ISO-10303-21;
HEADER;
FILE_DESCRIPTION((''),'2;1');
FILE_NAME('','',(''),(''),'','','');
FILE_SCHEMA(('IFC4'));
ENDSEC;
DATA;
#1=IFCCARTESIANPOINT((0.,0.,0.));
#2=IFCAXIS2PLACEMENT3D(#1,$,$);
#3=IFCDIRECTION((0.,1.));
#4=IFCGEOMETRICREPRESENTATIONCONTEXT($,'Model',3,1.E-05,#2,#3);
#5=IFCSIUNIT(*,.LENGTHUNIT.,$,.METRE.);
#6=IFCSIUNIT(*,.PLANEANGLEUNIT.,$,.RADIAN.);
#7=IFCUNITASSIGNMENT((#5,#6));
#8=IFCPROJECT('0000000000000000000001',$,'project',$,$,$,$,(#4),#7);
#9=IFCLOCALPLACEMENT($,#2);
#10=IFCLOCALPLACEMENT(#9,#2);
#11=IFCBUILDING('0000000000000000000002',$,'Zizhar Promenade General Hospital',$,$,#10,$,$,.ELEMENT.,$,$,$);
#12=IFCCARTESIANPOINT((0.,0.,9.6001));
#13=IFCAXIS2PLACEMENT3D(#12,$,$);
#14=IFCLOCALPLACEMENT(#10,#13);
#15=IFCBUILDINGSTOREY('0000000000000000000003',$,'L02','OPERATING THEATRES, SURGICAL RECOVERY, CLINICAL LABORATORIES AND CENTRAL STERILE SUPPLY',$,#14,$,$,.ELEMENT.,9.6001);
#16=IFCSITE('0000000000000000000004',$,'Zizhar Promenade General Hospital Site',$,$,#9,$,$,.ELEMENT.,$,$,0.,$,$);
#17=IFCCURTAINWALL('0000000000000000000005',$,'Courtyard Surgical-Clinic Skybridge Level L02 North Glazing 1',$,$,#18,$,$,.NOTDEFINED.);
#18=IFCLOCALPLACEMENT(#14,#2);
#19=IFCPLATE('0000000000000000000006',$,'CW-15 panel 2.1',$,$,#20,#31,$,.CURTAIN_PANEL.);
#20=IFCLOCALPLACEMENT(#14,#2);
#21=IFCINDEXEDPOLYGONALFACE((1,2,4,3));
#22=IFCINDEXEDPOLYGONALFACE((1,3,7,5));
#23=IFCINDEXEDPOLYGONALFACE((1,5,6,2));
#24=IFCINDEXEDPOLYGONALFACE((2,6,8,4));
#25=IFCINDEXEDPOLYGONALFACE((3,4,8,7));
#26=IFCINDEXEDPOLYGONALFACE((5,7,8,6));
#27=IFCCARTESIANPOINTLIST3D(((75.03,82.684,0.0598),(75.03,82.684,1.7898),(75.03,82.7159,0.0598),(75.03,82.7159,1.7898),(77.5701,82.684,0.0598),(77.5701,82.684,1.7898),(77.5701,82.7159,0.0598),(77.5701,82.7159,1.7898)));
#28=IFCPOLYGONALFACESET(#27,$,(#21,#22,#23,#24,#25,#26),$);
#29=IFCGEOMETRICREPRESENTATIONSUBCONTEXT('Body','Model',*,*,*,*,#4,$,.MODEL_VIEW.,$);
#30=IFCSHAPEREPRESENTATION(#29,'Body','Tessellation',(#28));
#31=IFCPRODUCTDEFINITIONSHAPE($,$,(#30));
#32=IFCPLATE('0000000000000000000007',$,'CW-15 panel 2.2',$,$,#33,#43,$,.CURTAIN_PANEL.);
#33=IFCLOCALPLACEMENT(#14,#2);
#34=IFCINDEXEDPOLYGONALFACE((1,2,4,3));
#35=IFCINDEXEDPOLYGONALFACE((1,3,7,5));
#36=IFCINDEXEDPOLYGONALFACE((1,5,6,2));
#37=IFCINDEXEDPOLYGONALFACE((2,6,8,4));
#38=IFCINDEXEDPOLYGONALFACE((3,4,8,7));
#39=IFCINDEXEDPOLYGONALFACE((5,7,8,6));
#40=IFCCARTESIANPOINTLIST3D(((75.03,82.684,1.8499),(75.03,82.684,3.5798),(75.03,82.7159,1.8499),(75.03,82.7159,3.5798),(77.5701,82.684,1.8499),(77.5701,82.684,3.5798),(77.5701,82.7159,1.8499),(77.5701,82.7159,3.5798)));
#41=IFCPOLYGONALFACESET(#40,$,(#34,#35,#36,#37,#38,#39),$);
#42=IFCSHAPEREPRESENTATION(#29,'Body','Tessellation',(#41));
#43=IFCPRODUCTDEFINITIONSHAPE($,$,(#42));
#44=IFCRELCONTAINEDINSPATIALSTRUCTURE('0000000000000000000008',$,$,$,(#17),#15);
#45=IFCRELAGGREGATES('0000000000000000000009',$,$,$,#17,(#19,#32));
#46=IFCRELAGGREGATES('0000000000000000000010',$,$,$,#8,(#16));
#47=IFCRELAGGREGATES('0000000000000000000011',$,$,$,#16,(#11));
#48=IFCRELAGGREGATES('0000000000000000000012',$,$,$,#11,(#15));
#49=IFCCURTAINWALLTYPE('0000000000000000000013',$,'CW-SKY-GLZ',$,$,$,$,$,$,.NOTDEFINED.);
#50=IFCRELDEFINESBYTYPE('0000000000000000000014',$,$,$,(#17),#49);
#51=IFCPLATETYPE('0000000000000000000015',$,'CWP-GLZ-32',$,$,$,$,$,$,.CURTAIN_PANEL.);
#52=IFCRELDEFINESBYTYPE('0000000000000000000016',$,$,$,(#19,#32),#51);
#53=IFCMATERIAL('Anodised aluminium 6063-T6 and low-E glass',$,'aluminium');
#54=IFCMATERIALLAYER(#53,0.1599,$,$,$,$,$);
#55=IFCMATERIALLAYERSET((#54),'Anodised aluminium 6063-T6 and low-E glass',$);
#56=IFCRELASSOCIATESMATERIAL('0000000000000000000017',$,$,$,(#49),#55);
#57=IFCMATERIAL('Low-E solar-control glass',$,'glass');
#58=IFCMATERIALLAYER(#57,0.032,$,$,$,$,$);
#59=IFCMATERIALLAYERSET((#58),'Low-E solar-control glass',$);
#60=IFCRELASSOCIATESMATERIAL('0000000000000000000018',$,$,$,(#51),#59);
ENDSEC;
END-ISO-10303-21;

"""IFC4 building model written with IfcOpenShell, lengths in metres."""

from ifc_helpers import new_model, si_unit, direction, frame, origin, origin_2d, place, context, subcontext, project, spatial, rectangle, extrude, material, layer, layer_set, type_object, element, aggregate, save


model = new_model("IFC4")

# Units and contexts
model_context = context("Model", 3, precision=1e-05, world=origin(), true_north=direction((0.0, 1.0)))
body_context = subcontext(model_context, "Body", "Model", "MODEL_VIEW")
ifc_project = project(units=[si_unit("LENGTHUNIT", "METRE"), si_unit("PLANEANGLEUNIT", "RADIAN")], contexts=[model_context])

# Site, building, storey
site_placement = place(None, origin())
site = spatial("IfcSite", under=ifc_project, at=site_placement, Name="Zizhar Promenade General Hospital Site", CompositionType="ELEMENT", RefElevation=0.0)
building_placement = place(site_placement, origin())
building = spatial("IfcBuilding", under=site, at=building_placement, Name="Zizhar Promenade General Hospital", CompositionType="ELEMENT")
storey_placement = place(building_placement, frame((0.0, 0.0, 9.6001)))
storey = spatial("IfcBuildingStorey", under=building, at=storey_placement, Name="L02", Description="OPERATING THEATRES, SURGICAL RECOVERY, CLINICAL LABORATORIES AND CENTRAL STERILE SUPPLY", CompositionType="ELEMENT", Elevation=9.6001)

# Curtain wall
ifc_material_1 = material(Name="Anodised aluminium 6063-T6 and low-E glass", Category="aluminium")
ifc_layer_1 = layer(ifc_material_1, 0.1599)
ifc_layer_set_1 = layer_set([ifc_layer_1], Name="Anodised aluminium 6063-T6 and low-E glass")
curtain_wall_type_1 = type_object("IfcCurtainWallType", Name="CW-SKY-GLZ", PredefinedType="NOTDEFINED", material=ifc_layer_set_1)
curtain_wall_1_placement = place(storey_placement, origin())
curtain_wall_1 = element("IfcCurtainWall", 1, at=curtain_wall_1_placement, inside=storey, type_object=curtain_wall_type_1, Name="Courtyard Surgical-Clinic Skybridge Level L02 North Glazing 1", PredefinedType="NOTDEFINED")

# Plates
ifc_material_2 = material(Name="Low-E solar-control glass", Category="glass")
ifc_layer_2 = layer(ifc_material_2, 0.032)
ifc_layer_set_2 = layer_set([ifc_layer_2], Name="Low-E solar-control glass")
plate_type = type_object("IfcPlateType", Name="CWP-GLZ-32", PredefinedType="CURTAIN_PANEL", material=ifc_layer_set_2)
plate_1_placement = place(storey_placement, frame((76.3, 82.7, 0.0598), z_axis=(0.0, 0.0, 1.0), x_axis=(1.0, 0.0, 0.0)))
plate_1 = element("IfcPlate", 2, at=plate_1_placement, type_object=plate_type, Name="CW-15 panel 2.1", PredefinedType="CURTAIN_PANEL", context=body_context, shape_type="SweptSolid", body=[
    extrude(rectangle(XDim=2.54, YDim=0.032, at=origin_2d()), origin(), (0.0, 0.0, 1.0), 1.73),
])
plate_2_placement = place(storey_placement, frame((76.3, 82.7, 1.8499), z_axis=(0.0, 0.0, 1.0), x_axis=(1.0, 0.0, 0.0)))
plate_2 = element("IfcPlate", 3, at=plate_2_placement, type_object=plate_type, Name="CW-15 panel 2.2", PredefinedType="CURTAIN_PANEL", context=body_context, shape_type="SweptSolid", body=[
    extrude(rectangle(XDim=2.54, YDim=0.032, at=origin_2d()), origin(), (0.0, 0.0, 1.0), 1.73),
])
aggregate(curtain_wall_1, [plate_1, plate_2])

save(model, "model.ifc")
